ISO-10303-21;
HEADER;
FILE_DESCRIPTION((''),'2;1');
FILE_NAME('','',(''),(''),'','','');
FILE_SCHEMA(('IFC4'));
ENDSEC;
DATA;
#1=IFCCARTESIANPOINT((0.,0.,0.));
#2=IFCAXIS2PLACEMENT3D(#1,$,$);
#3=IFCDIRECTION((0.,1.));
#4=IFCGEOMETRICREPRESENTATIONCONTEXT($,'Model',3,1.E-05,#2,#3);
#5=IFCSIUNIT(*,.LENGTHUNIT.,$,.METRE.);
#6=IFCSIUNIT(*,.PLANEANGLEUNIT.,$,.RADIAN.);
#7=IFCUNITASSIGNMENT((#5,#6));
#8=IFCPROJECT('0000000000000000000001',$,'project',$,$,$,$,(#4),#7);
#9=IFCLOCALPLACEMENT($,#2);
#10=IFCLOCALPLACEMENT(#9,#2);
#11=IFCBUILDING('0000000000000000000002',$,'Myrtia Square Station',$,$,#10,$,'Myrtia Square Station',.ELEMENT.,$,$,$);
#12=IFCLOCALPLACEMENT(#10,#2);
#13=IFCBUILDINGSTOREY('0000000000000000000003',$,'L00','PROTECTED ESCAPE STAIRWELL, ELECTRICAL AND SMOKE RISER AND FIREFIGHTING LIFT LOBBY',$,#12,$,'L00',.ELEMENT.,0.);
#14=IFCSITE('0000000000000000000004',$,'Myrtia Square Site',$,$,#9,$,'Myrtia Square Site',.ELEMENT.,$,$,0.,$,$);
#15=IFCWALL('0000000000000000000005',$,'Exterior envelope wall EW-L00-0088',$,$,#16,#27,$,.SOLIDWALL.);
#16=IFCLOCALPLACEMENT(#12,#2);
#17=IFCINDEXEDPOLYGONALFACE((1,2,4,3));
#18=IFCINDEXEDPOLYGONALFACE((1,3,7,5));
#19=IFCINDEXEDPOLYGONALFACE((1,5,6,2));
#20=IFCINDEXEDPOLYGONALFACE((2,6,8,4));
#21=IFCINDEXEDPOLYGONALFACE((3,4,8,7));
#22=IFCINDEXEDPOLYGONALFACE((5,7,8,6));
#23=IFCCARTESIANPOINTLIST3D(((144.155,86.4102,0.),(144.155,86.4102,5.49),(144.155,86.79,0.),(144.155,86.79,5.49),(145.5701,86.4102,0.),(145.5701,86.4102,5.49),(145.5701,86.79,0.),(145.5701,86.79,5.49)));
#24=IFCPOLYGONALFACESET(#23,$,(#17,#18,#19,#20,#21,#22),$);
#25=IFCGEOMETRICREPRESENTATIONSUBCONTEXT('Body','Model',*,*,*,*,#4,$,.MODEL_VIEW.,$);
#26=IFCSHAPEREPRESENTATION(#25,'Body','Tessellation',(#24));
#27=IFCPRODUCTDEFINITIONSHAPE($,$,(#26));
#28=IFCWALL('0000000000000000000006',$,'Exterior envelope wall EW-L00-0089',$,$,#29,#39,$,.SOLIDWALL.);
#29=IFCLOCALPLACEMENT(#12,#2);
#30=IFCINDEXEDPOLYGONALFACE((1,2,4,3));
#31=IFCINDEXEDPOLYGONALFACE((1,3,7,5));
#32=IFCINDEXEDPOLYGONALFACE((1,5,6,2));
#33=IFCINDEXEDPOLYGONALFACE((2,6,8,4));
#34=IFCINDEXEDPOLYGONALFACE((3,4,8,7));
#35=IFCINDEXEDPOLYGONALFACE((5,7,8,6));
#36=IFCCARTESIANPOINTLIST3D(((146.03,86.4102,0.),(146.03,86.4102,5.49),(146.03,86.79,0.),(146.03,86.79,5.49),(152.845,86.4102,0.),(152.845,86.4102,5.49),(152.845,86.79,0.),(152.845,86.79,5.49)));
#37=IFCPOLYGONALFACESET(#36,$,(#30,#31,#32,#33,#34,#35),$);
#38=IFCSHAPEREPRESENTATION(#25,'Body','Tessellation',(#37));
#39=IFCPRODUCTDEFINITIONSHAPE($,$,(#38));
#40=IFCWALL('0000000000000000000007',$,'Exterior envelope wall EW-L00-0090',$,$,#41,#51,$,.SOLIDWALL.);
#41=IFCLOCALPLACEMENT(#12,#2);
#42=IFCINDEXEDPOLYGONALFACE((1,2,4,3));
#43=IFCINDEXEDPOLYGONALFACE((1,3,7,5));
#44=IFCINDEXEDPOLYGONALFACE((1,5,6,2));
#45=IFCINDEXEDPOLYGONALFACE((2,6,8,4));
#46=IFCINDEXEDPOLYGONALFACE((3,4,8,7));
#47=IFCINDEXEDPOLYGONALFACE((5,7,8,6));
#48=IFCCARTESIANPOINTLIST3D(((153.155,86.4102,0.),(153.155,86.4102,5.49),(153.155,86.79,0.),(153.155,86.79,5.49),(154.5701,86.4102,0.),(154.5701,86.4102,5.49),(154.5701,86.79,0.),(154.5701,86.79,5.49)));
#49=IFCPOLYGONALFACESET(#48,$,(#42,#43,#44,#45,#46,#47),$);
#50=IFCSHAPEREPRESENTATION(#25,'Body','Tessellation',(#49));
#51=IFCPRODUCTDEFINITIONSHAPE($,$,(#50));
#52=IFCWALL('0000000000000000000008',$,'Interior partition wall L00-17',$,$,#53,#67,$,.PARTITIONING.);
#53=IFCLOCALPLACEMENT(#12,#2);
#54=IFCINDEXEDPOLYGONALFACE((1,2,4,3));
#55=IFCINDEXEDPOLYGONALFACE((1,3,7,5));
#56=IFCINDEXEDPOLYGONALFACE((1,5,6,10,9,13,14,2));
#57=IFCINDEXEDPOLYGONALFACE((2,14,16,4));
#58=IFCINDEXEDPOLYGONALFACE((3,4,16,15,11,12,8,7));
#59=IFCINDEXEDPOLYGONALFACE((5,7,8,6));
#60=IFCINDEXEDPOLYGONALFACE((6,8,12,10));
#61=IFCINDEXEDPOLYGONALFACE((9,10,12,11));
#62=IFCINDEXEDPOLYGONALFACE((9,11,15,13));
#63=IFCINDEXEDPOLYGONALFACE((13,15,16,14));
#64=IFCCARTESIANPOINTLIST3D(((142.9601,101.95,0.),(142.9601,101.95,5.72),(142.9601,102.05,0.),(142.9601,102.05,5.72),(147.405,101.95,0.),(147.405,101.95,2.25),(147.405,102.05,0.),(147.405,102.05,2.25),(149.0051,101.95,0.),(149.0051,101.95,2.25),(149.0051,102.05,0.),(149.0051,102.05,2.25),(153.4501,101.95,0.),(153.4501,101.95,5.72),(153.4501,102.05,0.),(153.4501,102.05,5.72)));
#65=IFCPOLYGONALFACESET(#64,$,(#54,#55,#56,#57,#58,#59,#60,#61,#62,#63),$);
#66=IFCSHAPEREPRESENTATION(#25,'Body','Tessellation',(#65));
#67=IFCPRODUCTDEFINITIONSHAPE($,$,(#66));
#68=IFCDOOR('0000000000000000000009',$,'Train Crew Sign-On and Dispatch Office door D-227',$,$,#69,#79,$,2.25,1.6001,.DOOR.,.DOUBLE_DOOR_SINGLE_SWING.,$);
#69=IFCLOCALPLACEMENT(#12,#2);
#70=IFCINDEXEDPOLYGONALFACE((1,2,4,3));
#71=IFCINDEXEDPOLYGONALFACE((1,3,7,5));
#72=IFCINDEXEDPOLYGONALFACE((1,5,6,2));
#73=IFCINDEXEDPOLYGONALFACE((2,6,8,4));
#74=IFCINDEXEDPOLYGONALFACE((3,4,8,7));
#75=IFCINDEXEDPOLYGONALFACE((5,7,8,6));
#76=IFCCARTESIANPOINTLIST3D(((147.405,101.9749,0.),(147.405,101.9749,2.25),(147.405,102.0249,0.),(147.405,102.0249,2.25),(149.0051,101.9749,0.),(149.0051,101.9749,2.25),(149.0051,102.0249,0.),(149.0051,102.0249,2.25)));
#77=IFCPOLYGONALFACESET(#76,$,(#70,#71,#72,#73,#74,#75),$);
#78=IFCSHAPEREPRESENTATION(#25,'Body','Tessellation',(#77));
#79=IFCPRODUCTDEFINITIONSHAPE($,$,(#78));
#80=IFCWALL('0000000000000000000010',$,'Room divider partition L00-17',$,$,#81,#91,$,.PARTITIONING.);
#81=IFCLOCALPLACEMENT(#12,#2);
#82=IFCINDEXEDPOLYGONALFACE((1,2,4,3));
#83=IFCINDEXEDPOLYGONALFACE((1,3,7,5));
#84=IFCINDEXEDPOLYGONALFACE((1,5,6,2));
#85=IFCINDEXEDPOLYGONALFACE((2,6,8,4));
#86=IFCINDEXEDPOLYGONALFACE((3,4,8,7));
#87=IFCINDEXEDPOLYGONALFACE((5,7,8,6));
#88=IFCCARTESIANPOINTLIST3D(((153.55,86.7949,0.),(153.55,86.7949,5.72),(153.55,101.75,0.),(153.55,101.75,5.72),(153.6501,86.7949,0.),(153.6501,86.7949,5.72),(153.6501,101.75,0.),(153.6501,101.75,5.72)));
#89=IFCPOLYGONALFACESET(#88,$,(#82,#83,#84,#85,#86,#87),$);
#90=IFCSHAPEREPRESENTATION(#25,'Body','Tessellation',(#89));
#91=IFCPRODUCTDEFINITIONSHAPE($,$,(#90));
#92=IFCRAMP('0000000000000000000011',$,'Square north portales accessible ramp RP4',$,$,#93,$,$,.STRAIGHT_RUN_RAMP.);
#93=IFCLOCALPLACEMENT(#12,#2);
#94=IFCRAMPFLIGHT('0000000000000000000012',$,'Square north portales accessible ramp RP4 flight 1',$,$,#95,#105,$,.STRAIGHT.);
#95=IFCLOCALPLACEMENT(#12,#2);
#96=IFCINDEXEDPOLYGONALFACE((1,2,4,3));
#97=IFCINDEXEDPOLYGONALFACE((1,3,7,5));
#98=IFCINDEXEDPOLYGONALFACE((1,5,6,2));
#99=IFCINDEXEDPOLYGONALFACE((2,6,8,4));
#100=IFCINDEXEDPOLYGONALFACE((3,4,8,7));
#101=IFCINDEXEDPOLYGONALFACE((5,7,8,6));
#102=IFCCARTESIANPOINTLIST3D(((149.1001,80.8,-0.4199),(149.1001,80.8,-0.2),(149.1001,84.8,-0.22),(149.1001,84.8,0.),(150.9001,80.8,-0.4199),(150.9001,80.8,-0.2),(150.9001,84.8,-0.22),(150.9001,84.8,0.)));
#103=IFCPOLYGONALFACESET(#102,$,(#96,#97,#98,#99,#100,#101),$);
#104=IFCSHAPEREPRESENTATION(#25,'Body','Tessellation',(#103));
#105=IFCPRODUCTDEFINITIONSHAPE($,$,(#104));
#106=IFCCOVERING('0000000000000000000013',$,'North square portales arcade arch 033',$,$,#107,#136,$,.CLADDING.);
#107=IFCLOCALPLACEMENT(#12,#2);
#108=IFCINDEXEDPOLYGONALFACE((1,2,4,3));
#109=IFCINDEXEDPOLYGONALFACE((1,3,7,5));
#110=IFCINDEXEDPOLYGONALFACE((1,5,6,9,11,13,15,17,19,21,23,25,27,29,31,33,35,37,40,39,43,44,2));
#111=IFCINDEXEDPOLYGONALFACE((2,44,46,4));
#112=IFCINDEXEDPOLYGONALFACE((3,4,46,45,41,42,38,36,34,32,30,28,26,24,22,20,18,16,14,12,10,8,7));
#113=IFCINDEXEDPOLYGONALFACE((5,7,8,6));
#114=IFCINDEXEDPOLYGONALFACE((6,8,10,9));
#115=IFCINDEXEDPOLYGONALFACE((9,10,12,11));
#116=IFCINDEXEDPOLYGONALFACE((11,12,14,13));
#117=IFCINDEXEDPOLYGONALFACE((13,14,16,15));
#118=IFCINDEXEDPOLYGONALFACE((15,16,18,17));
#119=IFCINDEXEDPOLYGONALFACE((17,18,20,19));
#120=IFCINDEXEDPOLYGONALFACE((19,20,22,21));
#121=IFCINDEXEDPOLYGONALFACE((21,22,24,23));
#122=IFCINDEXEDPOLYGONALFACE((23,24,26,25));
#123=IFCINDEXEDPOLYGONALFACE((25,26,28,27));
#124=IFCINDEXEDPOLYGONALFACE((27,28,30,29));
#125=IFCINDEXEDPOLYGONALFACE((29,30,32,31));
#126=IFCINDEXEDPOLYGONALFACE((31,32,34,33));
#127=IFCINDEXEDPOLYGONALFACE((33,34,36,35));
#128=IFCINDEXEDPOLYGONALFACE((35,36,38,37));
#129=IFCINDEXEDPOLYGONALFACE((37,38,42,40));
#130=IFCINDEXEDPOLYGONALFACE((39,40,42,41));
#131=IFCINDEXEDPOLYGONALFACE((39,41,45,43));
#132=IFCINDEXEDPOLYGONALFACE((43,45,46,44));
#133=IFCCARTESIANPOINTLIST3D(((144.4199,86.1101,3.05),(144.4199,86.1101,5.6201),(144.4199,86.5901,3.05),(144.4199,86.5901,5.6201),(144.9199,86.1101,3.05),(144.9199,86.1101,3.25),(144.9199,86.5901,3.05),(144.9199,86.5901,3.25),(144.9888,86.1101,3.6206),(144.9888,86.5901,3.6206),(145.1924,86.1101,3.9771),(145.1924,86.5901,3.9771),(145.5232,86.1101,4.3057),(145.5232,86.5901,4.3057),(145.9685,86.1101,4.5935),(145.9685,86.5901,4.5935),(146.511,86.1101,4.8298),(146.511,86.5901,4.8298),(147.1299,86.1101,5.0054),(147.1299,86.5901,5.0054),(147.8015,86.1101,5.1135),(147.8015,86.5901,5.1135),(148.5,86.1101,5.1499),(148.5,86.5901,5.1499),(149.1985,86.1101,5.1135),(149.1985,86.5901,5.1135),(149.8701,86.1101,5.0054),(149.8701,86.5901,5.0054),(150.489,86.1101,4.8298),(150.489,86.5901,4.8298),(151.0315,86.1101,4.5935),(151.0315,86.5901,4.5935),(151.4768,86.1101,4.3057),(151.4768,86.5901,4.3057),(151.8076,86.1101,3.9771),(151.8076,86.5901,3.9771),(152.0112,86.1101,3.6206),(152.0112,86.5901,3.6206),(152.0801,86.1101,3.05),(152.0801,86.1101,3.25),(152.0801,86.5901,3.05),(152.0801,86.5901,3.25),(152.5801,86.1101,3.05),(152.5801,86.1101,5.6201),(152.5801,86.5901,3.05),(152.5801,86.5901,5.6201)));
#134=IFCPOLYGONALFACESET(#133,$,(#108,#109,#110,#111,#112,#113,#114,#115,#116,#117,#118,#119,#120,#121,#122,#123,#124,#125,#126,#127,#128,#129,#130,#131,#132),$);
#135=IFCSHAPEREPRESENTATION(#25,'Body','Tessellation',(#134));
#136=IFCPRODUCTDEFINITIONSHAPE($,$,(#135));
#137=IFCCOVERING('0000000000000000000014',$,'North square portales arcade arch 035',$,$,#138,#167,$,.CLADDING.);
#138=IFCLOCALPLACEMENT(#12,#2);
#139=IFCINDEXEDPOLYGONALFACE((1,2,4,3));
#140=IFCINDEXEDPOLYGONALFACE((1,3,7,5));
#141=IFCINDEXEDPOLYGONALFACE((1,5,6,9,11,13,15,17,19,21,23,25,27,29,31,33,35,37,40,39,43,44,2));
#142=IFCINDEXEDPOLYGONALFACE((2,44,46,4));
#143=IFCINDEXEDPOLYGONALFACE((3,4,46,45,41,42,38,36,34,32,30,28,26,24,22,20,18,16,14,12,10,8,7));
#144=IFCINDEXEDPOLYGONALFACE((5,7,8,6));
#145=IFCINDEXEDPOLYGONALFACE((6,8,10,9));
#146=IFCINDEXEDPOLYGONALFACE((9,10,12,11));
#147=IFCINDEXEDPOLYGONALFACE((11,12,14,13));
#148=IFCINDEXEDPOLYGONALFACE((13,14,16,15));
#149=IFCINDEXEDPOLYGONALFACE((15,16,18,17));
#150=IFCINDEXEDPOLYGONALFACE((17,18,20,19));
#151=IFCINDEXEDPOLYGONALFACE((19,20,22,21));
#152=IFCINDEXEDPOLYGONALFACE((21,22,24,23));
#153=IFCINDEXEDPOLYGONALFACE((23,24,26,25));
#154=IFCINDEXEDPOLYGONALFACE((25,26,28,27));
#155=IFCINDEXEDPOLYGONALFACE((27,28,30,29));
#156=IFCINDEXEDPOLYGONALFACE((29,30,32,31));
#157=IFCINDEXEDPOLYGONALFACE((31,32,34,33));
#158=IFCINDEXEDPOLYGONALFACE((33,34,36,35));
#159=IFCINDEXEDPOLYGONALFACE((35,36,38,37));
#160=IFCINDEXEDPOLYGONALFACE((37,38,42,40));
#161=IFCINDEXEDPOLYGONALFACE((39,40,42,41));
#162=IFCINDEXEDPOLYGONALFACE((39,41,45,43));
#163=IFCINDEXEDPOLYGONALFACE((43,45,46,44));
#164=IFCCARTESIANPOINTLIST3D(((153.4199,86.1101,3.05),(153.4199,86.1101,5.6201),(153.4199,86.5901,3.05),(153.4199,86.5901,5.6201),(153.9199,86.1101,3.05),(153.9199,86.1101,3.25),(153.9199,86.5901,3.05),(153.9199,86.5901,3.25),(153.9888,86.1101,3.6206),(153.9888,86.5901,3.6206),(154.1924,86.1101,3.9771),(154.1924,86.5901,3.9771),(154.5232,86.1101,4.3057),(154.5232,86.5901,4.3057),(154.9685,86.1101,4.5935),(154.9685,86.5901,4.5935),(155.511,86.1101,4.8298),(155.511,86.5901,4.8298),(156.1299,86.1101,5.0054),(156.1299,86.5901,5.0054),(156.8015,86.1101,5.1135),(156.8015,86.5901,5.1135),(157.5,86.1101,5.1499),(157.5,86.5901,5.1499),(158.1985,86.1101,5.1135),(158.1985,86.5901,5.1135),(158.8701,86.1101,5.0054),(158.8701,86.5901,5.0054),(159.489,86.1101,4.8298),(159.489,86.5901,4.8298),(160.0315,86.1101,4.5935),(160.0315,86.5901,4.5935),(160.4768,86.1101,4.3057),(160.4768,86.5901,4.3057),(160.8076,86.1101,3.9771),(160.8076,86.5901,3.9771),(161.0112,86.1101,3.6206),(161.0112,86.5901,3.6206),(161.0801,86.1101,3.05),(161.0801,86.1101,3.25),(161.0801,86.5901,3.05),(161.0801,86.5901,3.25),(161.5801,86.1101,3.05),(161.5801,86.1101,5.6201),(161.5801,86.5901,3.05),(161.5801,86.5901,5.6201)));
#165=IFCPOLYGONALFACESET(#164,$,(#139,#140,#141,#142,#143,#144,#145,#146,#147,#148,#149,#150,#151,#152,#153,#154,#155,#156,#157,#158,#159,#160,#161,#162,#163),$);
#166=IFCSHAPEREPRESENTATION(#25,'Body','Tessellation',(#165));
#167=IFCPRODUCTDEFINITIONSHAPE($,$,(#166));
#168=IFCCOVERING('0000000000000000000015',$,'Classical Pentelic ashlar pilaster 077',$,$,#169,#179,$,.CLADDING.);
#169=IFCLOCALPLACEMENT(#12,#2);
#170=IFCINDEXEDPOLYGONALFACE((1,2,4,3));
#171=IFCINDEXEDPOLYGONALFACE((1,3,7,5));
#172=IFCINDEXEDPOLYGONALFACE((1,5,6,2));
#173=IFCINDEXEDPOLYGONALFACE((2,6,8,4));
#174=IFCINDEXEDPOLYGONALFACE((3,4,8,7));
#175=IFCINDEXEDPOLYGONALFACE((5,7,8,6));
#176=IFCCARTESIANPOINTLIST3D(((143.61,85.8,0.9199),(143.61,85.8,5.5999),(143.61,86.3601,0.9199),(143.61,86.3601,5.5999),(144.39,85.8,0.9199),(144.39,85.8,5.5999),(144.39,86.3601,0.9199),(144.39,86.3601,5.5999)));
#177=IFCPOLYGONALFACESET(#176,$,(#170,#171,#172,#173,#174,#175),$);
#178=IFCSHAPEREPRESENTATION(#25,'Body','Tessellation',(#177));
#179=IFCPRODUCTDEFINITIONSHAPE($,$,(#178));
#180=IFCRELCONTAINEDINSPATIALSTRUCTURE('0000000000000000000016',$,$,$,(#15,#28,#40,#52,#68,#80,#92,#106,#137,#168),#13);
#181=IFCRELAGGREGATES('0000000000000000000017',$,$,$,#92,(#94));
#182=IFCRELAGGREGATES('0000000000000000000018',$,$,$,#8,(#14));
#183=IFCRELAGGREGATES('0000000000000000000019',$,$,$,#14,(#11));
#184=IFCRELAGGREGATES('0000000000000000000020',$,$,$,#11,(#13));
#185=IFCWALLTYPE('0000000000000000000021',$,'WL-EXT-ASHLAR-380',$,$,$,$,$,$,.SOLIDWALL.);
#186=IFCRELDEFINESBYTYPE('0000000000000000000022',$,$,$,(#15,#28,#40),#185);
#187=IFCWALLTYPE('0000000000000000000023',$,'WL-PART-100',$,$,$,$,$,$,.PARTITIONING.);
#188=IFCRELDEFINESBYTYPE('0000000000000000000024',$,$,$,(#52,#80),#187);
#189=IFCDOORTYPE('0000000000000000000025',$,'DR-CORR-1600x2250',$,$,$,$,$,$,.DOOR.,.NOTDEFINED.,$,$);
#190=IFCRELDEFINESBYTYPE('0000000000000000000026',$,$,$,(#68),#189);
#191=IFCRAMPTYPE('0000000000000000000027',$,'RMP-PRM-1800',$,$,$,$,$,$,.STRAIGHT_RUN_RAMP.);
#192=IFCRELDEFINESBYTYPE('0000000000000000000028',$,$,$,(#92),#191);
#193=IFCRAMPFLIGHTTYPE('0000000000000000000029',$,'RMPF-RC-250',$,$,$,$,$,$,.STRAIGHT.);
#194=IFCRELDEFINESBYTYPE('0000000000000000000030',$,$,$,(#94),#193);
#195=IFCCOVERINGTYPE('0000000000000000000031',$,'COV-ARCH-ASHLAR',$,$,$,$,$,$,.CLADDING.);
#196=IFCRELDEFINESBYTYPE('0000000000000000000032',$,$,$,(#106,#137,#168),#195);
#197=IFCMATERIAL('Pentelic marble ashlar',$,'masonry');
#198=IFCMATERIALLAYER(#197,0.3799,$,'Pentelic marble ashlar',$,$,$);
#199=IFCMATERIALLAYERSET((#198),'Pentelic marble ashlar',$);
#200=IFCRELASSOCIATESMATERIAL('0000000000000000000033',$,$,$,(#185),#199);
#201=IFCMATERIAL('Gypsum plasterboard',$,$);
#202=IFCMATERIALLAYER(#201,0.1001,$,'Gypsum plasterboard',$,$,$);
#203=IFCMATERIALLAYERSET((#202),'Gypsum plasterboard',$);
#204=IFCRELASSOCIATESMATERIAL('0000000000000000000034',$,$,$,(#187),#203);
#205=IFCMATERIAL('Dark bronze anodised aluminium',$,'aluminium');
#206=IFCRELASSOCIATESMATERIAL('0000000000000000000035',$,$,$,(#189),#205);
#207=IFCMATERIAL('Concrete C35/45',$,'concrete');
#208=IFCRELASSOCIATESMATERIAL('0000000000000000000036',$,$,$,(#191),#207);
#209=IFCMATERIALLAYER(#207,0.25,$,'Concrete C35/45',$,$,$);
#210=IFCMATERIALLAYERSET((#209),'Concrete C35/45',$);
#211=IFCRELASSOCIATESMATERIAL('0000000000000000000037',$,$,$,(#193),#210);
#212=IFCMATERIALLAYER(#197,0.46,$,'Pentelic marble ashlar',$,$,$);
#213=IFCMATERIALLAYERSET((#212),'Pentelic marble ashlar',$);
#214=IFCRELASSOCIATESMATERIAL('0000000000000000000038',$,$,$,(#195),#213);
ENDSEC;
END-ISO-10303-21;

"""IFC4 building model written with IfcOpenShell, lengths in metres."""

from ifc_helpers import new_model, si_unit, direction, frame, frame_2d, origin, origin_2d, place, context, subcontext, project, spatial, polyline, rectangle, outline, extrude, material, layer, layer_set, type_object, element, fill, aggregate, save


model = new_model("IFC4")

# Units and contexts
model_context = context("Model", 3, precision=1e-05, world=origin(), true_north=direction((0.0, 1.0)))
body_context = subcontext(model_context, "Body", "Model", "MODEL_VIEW")
ifc_project = project(units=[si_unit("LENGTHUNIT", "METRE"), si_unit("PLANEANGLEUNIT", "RADIAN")], contexts=[model_context])

# Site, building, storey
site_placement = place(None, origin())
site = spatial("IfcSite", under=ifc_project, at=site_placement, Name="Myrtia Square Site", LongName="Myrtia Square Site", CompositionType="ELEMENT", RefElevation=0.0)
building_placement = place(site_placement, origin())
building = spatial("IfcBuilding", under=site, at=building_placement, Name="Myrtia Square Station", LongName="Myrtia Square Station", CompositionType="ELEMENT")
storey_placement = place(building_placement, origin())
storey = spatial("IfcBuildingStorey", under=building, at=storey_placement, Name="L00", Description="PROTECTED ESCAPE STAIRWELL, ELECTRICAL AND SMOKE RISER AND FIREFIGHTING LIFT LOBBY", LongName="L00", CompositionType="ELEMENT", Elevation=0.0)

# Shared definitions
ifc_material_1 = material(Name="Concrete C35/45", Category="concrete")

# Shared definitions
ifc_material_2 = material(Name="Dark bronze anodised aluminium", Category="aluminium")

# Walls
ifc_material_3 = material(Name="Pentelic marble ashlar", Category="masonry")
ifc_layer_1 = layer(ifc_material_3, 0.3799, Name="Pentelic marble ashlar")
ifc_layer_set_1 = layer_set([ifc_layer_1], Name="Pentelic marble ashlar")
wall_type_1 = type_object("IfcWallType", Name="WL-EXT-ASHLAR-380", PredefinedType="SOLIDWALL", material=ifc_layer_set_1)
wall_1_placement = place(storey_placement, frame((144.155, 86.6001, 0.0), z_axis=(0.0, 0.0, 1.0), x_axis=(1.0, 0.0, 0.0)))
element("IfcWall", 1, at=wall_1_placement, inside=storey, type_object=wall_type_1, Name="Exterior envelope wall EW-L00-0088", PredefinedType="SOLIDWALL", context=body_context, shape_type="SweptSolid", body=[
    extrude(rectangle(XDim=1.415, YDim=0.3799, at=frame_2d((0.7075, 0.0))), origin(), (0.0, 0.0, 1.0), 5.49),
])
wall_2_placement = place(storey_placement, frame((146.03, 86.6001, 0.0), z_axis=(0.0, 0.0, 1.0), x_axis=(1.0, 0.0, 0.0)))
element("IfcWall", 2, at=wall_2_placement, inside=storey, type_object=wall_type_1, Name="Exterior envelope wall EW-L00-0089", PredefinedType="SOLIDWALL", context=body_context, shape_type="SweptSolid", body=[
    extrude(rectangle(XDim=6.8149, YDim=0.3799, at=frame_2d((3.4075, 0.0))), origin(), (0.0, 0.0, 1.0), 5.49),
])
wall_3_placement = place(storey_placement, frame((153.155, 86.6001, 0.0), z_axis=(0.0, 0.0, 1.0), x_axis=(1.0, 0.0, 0.0)))
element("IfcWall", 3, at=wall_3_placement, inside=storey, type_object=wall_type_1, Name="Exterior envelope wall EW-L00-0090", PredefinedType="SOLIDWALL", context=body_context, shape_type="SweptSolid", body=[
    extrude(rectangle(XDim=1.415, YDim=0.3799, at=frame_2d((0.7075, 0.0))), origin(), (0.0, 0.0, 1.0), 5.49),
])

# Wall, opening, door
ifc_material_4 = material(Name="Gypsum plasterboard")
ifc_layer_2 = layer(ifc_material_4, 0.1001, Name="Gypsum plasterboard")
ifc_layer_set_2 = layer_set([ifc_layer_2], Name="Gypsum plasterboard")
wall_type_2 = type_object("IfcWallType", Name="WL-PART-100", PredefinedType="PARTITIONING", material=ifc_layer_set_2)
wall_4_placement = place(storey_placement, frame((142.96, 102.0, 0.0), z_axis=(0.0, 0.0, 1.0), x_axis=(1.0, 0.0, 0.0)))
wall_4 = element("IfcWall", 4, at=wall_4_placement, inside=storey, type_object=wall_type_2, Name="Interior partition wall L00-17", PredefinedType="PARTITIONING", context=body_context, shape_type="SweptSolid", body=[
    extrude(rectangle(XDim=10.49, YDim=0.1001, at=frame_2d((5.2451, 0.0))), origin(), (0.0, 0.0, 1.0), 5.72),
])
opening_1_placement = place(wall_4_placement, frame((4.4451, 0.0, 0.0)))
opening_1 = element("IfcOpeningElement", 5, at=opening_1_placement, cuts=wall_4, PredefinedType="OPENING", context=body_context, shape_type="SweptSolid", body=[
    extrude(rectangle(XDim=1.6001, YDim=2.25, at=frame_2d((0.8, 1.125))), frame((0.0, 0.0649, 0.0), z_axis=(0.0, -1.0, 0.0), x_axis=(1.0, 0.0, 0.0)), (0.0, 0.0, 1.0), 0.1301),
])
door_type_1 = type_object("IfcDoorType", Name="DR-CORR-1600x2250", OperationType="NOTDEFINED", PredefinedType="DOOR", material=ifc_material_2)
door_1_placement = place(opening_1_placement, origin())
door_1 = element("IfcDoor", 6, at=door_1_placement, inside=storey, type_object=door_type_1, Name="Train Crew Sign-On and Dispatch Office door D-227", OperationType="DOUBLE_DOOR_SINGLE_SWING", OverallHeight=2.25, OverallWidth=1.6001, PredefinedType="DOOR", context=body_context, shape_type="SweptSolid", body=[
    extrude(rectangle(XDim=1.6001, YDim=2.25, at=frame_2d((0.8, 1.125))), frame((0.0, 0.0249, 0.0), z_axis=(0.0, -1.0, 0.0), x_axis=(1.0, 0.0, 0.0)), (0.0, 0.0, 1.0), 0.05),
])
fill(opening_1, door_1)

# Wall
wall_5_placement = place(storey_placement, frame((153.6001, 86.7949, 0.0), z_axis=(0.0, 0.0, 1.0), x_axis=(0.0, 1.0, 0.0)))
element("IfcWall", 7, at=wall_5_placement, inside=storey, type_object=wall_type_2, Name="Room divider partition L00-17", PredefinedType="PARTITIONING", context=body_context, shape_type="SweptSolid", body=[
    extrude(rectangle(XDim=14.9551, YDim=0.1001, at=frame_2d((7.4775, 0.0))), origin(), (0.0, 0.0, 1.0), 5.72),
])

# Ramp, ramp flight
ramp_type = type_object("IfcRampType", Name="RMP-PRM-1800", PredefinedType="STRAIGHT_RUN_RAMP", material=ifc_material_1)
ramp_placement = place(storey_placement, origin())
ramp = element("IfcRamp", 8, at=ramp_placement, inside=storey, type_object=ramp_type, Name="Square north portales accessible ramp RP4", PredefinedType="STRAIGHT_RUN_RAMP")
ifc_layer_3 = layer(ifc_material_1, 0.25, Name="Concrete C35/45")
ifc_layer_set_3 = layer_set([ifc_layer_3], Name="Concrete C35/45")
ramp_flight_type = type_object("IfcRampFlightType", Name="RMPF-RC-250", PredefinedType="STRAIGHT", material=ifc_layer_set_3)
ramp_flight_placement = place(storey_placement, frame((150.0, 80.8, -0.2), z_axis=(0.0, 0.0, 1.0), x_axis=(0.0, 1.0, 0.0)))
ramp_flight = element("IfcRampFlight", 9, at=ramp_flight_placement, type_object=ramp_flight_type, Name="Square north portales accessible ramp RP4 flight 1", PredefinedType="STRAIGHT", context=body_context, shape_type="SweptSolid", body=[
    extrude(outline(polyline([(0.0, 0.0), (4.0, 0.2), (4.0, -0.02), (0.0, -0.22), (0.0, 0.0)])), frame((0.0, 0.8999, 0.0), z_axis=(0.0, -1.0, 0.0), x_axis=(1.0, 0.0, 0.0)), (0.0, 0.0, 1.0), 1.8),
])
aggregate(ramp, [ramp_flight])

# Coverings
ifc_layer_4 = layer(ifc_material_3, 0.46, Name="Pentelic marble ashlar")
ifc_layer_set_4 = layer_set([ifc_layer_4], Name="Pentelic marble ashlar")
covering_type_1 = type_object("IfcCoveringType", Name="COV-ARCH-ASHLAR", PredefinedType="CLADDING", material=ifc_layer_set_4)
for number, where, z_axis, x_axis, name in (
    (10, (144.4199, 86.3501, 3.05), (0.0, 0.0, 1.0), (1.0, 0.0, 0.0), "North square portales arcade arch 033"),
    (11, (153.4199, 86.3501, 3.05), (0.0, 0.0, 1.0), (1.0, 0.0, 0.0), "North square portales arcade arch 035"),
):
    element("IfcCovering", number, at=place(storey_placement, frame(where, z_axis=z_axis, x_axis=x_axis)), inside=storey, type_object=covering_type_1, Name=name, PredefinedType="CLADDING", context=body_context, shape_type="SweptSolid", body=[
        extrude(outline(polyline([(0.0, 0.0), (0.5, 0.0), (0.5, 0.2), (0.5688, 0.5706), (0.7725, 0.927), (1.1033, 1.2556), (1.5486, 1.5435), (2.0911, 1.7798), (2.71, 1.9553), (3.3816, 2.0635), (4.0801, 2.0999), (4.7786, 2.0635), (5.4502, 1.9553), (6.0691, 1.7798), (6.6116, 1.5435), (7.0569, 1.2556), (7.3877, 0.927), (7.5913, 0.5706), (7.6602, 0.2), (7.6602, 0.0), (8.1602, 0.0), (8.1602, 2.5701), (0.0, 2.5701), (0.0, 0.0)])), frame((0.0, 0.24, 0.0), z_axis=(0.0, -1.0, 0.0), x_axis=(1.0, 0.0, 0.0)), (0.0, 0.0, 1.0), 0.48),
    ])
for number, where, z_axis, x_axis, name in (
    (12, (144.0, 86.0801, 0.9199), (0.0, 0.0, 1.0), (1.0, 0.0, 0.0), "Classical Pentelic ashlar pilaster 077"),
):
    element("IfcCovering", number, at=place(storey_placement, frame(where, z_axis=z_axis, x_axis=x_axis)), inside=storey, type_object=covering_type_1, Name=name, PredefinedType="CLADDING", context=body_context, shape_type="SweptSolid", body=[
        extrude(rectangle(XDim=0.78, YDim=0.5601, at=origin_2d()), origin(), (0.0, 0.0, 1.0), 4.6799),
    ])

save(model, "model.ifc")
